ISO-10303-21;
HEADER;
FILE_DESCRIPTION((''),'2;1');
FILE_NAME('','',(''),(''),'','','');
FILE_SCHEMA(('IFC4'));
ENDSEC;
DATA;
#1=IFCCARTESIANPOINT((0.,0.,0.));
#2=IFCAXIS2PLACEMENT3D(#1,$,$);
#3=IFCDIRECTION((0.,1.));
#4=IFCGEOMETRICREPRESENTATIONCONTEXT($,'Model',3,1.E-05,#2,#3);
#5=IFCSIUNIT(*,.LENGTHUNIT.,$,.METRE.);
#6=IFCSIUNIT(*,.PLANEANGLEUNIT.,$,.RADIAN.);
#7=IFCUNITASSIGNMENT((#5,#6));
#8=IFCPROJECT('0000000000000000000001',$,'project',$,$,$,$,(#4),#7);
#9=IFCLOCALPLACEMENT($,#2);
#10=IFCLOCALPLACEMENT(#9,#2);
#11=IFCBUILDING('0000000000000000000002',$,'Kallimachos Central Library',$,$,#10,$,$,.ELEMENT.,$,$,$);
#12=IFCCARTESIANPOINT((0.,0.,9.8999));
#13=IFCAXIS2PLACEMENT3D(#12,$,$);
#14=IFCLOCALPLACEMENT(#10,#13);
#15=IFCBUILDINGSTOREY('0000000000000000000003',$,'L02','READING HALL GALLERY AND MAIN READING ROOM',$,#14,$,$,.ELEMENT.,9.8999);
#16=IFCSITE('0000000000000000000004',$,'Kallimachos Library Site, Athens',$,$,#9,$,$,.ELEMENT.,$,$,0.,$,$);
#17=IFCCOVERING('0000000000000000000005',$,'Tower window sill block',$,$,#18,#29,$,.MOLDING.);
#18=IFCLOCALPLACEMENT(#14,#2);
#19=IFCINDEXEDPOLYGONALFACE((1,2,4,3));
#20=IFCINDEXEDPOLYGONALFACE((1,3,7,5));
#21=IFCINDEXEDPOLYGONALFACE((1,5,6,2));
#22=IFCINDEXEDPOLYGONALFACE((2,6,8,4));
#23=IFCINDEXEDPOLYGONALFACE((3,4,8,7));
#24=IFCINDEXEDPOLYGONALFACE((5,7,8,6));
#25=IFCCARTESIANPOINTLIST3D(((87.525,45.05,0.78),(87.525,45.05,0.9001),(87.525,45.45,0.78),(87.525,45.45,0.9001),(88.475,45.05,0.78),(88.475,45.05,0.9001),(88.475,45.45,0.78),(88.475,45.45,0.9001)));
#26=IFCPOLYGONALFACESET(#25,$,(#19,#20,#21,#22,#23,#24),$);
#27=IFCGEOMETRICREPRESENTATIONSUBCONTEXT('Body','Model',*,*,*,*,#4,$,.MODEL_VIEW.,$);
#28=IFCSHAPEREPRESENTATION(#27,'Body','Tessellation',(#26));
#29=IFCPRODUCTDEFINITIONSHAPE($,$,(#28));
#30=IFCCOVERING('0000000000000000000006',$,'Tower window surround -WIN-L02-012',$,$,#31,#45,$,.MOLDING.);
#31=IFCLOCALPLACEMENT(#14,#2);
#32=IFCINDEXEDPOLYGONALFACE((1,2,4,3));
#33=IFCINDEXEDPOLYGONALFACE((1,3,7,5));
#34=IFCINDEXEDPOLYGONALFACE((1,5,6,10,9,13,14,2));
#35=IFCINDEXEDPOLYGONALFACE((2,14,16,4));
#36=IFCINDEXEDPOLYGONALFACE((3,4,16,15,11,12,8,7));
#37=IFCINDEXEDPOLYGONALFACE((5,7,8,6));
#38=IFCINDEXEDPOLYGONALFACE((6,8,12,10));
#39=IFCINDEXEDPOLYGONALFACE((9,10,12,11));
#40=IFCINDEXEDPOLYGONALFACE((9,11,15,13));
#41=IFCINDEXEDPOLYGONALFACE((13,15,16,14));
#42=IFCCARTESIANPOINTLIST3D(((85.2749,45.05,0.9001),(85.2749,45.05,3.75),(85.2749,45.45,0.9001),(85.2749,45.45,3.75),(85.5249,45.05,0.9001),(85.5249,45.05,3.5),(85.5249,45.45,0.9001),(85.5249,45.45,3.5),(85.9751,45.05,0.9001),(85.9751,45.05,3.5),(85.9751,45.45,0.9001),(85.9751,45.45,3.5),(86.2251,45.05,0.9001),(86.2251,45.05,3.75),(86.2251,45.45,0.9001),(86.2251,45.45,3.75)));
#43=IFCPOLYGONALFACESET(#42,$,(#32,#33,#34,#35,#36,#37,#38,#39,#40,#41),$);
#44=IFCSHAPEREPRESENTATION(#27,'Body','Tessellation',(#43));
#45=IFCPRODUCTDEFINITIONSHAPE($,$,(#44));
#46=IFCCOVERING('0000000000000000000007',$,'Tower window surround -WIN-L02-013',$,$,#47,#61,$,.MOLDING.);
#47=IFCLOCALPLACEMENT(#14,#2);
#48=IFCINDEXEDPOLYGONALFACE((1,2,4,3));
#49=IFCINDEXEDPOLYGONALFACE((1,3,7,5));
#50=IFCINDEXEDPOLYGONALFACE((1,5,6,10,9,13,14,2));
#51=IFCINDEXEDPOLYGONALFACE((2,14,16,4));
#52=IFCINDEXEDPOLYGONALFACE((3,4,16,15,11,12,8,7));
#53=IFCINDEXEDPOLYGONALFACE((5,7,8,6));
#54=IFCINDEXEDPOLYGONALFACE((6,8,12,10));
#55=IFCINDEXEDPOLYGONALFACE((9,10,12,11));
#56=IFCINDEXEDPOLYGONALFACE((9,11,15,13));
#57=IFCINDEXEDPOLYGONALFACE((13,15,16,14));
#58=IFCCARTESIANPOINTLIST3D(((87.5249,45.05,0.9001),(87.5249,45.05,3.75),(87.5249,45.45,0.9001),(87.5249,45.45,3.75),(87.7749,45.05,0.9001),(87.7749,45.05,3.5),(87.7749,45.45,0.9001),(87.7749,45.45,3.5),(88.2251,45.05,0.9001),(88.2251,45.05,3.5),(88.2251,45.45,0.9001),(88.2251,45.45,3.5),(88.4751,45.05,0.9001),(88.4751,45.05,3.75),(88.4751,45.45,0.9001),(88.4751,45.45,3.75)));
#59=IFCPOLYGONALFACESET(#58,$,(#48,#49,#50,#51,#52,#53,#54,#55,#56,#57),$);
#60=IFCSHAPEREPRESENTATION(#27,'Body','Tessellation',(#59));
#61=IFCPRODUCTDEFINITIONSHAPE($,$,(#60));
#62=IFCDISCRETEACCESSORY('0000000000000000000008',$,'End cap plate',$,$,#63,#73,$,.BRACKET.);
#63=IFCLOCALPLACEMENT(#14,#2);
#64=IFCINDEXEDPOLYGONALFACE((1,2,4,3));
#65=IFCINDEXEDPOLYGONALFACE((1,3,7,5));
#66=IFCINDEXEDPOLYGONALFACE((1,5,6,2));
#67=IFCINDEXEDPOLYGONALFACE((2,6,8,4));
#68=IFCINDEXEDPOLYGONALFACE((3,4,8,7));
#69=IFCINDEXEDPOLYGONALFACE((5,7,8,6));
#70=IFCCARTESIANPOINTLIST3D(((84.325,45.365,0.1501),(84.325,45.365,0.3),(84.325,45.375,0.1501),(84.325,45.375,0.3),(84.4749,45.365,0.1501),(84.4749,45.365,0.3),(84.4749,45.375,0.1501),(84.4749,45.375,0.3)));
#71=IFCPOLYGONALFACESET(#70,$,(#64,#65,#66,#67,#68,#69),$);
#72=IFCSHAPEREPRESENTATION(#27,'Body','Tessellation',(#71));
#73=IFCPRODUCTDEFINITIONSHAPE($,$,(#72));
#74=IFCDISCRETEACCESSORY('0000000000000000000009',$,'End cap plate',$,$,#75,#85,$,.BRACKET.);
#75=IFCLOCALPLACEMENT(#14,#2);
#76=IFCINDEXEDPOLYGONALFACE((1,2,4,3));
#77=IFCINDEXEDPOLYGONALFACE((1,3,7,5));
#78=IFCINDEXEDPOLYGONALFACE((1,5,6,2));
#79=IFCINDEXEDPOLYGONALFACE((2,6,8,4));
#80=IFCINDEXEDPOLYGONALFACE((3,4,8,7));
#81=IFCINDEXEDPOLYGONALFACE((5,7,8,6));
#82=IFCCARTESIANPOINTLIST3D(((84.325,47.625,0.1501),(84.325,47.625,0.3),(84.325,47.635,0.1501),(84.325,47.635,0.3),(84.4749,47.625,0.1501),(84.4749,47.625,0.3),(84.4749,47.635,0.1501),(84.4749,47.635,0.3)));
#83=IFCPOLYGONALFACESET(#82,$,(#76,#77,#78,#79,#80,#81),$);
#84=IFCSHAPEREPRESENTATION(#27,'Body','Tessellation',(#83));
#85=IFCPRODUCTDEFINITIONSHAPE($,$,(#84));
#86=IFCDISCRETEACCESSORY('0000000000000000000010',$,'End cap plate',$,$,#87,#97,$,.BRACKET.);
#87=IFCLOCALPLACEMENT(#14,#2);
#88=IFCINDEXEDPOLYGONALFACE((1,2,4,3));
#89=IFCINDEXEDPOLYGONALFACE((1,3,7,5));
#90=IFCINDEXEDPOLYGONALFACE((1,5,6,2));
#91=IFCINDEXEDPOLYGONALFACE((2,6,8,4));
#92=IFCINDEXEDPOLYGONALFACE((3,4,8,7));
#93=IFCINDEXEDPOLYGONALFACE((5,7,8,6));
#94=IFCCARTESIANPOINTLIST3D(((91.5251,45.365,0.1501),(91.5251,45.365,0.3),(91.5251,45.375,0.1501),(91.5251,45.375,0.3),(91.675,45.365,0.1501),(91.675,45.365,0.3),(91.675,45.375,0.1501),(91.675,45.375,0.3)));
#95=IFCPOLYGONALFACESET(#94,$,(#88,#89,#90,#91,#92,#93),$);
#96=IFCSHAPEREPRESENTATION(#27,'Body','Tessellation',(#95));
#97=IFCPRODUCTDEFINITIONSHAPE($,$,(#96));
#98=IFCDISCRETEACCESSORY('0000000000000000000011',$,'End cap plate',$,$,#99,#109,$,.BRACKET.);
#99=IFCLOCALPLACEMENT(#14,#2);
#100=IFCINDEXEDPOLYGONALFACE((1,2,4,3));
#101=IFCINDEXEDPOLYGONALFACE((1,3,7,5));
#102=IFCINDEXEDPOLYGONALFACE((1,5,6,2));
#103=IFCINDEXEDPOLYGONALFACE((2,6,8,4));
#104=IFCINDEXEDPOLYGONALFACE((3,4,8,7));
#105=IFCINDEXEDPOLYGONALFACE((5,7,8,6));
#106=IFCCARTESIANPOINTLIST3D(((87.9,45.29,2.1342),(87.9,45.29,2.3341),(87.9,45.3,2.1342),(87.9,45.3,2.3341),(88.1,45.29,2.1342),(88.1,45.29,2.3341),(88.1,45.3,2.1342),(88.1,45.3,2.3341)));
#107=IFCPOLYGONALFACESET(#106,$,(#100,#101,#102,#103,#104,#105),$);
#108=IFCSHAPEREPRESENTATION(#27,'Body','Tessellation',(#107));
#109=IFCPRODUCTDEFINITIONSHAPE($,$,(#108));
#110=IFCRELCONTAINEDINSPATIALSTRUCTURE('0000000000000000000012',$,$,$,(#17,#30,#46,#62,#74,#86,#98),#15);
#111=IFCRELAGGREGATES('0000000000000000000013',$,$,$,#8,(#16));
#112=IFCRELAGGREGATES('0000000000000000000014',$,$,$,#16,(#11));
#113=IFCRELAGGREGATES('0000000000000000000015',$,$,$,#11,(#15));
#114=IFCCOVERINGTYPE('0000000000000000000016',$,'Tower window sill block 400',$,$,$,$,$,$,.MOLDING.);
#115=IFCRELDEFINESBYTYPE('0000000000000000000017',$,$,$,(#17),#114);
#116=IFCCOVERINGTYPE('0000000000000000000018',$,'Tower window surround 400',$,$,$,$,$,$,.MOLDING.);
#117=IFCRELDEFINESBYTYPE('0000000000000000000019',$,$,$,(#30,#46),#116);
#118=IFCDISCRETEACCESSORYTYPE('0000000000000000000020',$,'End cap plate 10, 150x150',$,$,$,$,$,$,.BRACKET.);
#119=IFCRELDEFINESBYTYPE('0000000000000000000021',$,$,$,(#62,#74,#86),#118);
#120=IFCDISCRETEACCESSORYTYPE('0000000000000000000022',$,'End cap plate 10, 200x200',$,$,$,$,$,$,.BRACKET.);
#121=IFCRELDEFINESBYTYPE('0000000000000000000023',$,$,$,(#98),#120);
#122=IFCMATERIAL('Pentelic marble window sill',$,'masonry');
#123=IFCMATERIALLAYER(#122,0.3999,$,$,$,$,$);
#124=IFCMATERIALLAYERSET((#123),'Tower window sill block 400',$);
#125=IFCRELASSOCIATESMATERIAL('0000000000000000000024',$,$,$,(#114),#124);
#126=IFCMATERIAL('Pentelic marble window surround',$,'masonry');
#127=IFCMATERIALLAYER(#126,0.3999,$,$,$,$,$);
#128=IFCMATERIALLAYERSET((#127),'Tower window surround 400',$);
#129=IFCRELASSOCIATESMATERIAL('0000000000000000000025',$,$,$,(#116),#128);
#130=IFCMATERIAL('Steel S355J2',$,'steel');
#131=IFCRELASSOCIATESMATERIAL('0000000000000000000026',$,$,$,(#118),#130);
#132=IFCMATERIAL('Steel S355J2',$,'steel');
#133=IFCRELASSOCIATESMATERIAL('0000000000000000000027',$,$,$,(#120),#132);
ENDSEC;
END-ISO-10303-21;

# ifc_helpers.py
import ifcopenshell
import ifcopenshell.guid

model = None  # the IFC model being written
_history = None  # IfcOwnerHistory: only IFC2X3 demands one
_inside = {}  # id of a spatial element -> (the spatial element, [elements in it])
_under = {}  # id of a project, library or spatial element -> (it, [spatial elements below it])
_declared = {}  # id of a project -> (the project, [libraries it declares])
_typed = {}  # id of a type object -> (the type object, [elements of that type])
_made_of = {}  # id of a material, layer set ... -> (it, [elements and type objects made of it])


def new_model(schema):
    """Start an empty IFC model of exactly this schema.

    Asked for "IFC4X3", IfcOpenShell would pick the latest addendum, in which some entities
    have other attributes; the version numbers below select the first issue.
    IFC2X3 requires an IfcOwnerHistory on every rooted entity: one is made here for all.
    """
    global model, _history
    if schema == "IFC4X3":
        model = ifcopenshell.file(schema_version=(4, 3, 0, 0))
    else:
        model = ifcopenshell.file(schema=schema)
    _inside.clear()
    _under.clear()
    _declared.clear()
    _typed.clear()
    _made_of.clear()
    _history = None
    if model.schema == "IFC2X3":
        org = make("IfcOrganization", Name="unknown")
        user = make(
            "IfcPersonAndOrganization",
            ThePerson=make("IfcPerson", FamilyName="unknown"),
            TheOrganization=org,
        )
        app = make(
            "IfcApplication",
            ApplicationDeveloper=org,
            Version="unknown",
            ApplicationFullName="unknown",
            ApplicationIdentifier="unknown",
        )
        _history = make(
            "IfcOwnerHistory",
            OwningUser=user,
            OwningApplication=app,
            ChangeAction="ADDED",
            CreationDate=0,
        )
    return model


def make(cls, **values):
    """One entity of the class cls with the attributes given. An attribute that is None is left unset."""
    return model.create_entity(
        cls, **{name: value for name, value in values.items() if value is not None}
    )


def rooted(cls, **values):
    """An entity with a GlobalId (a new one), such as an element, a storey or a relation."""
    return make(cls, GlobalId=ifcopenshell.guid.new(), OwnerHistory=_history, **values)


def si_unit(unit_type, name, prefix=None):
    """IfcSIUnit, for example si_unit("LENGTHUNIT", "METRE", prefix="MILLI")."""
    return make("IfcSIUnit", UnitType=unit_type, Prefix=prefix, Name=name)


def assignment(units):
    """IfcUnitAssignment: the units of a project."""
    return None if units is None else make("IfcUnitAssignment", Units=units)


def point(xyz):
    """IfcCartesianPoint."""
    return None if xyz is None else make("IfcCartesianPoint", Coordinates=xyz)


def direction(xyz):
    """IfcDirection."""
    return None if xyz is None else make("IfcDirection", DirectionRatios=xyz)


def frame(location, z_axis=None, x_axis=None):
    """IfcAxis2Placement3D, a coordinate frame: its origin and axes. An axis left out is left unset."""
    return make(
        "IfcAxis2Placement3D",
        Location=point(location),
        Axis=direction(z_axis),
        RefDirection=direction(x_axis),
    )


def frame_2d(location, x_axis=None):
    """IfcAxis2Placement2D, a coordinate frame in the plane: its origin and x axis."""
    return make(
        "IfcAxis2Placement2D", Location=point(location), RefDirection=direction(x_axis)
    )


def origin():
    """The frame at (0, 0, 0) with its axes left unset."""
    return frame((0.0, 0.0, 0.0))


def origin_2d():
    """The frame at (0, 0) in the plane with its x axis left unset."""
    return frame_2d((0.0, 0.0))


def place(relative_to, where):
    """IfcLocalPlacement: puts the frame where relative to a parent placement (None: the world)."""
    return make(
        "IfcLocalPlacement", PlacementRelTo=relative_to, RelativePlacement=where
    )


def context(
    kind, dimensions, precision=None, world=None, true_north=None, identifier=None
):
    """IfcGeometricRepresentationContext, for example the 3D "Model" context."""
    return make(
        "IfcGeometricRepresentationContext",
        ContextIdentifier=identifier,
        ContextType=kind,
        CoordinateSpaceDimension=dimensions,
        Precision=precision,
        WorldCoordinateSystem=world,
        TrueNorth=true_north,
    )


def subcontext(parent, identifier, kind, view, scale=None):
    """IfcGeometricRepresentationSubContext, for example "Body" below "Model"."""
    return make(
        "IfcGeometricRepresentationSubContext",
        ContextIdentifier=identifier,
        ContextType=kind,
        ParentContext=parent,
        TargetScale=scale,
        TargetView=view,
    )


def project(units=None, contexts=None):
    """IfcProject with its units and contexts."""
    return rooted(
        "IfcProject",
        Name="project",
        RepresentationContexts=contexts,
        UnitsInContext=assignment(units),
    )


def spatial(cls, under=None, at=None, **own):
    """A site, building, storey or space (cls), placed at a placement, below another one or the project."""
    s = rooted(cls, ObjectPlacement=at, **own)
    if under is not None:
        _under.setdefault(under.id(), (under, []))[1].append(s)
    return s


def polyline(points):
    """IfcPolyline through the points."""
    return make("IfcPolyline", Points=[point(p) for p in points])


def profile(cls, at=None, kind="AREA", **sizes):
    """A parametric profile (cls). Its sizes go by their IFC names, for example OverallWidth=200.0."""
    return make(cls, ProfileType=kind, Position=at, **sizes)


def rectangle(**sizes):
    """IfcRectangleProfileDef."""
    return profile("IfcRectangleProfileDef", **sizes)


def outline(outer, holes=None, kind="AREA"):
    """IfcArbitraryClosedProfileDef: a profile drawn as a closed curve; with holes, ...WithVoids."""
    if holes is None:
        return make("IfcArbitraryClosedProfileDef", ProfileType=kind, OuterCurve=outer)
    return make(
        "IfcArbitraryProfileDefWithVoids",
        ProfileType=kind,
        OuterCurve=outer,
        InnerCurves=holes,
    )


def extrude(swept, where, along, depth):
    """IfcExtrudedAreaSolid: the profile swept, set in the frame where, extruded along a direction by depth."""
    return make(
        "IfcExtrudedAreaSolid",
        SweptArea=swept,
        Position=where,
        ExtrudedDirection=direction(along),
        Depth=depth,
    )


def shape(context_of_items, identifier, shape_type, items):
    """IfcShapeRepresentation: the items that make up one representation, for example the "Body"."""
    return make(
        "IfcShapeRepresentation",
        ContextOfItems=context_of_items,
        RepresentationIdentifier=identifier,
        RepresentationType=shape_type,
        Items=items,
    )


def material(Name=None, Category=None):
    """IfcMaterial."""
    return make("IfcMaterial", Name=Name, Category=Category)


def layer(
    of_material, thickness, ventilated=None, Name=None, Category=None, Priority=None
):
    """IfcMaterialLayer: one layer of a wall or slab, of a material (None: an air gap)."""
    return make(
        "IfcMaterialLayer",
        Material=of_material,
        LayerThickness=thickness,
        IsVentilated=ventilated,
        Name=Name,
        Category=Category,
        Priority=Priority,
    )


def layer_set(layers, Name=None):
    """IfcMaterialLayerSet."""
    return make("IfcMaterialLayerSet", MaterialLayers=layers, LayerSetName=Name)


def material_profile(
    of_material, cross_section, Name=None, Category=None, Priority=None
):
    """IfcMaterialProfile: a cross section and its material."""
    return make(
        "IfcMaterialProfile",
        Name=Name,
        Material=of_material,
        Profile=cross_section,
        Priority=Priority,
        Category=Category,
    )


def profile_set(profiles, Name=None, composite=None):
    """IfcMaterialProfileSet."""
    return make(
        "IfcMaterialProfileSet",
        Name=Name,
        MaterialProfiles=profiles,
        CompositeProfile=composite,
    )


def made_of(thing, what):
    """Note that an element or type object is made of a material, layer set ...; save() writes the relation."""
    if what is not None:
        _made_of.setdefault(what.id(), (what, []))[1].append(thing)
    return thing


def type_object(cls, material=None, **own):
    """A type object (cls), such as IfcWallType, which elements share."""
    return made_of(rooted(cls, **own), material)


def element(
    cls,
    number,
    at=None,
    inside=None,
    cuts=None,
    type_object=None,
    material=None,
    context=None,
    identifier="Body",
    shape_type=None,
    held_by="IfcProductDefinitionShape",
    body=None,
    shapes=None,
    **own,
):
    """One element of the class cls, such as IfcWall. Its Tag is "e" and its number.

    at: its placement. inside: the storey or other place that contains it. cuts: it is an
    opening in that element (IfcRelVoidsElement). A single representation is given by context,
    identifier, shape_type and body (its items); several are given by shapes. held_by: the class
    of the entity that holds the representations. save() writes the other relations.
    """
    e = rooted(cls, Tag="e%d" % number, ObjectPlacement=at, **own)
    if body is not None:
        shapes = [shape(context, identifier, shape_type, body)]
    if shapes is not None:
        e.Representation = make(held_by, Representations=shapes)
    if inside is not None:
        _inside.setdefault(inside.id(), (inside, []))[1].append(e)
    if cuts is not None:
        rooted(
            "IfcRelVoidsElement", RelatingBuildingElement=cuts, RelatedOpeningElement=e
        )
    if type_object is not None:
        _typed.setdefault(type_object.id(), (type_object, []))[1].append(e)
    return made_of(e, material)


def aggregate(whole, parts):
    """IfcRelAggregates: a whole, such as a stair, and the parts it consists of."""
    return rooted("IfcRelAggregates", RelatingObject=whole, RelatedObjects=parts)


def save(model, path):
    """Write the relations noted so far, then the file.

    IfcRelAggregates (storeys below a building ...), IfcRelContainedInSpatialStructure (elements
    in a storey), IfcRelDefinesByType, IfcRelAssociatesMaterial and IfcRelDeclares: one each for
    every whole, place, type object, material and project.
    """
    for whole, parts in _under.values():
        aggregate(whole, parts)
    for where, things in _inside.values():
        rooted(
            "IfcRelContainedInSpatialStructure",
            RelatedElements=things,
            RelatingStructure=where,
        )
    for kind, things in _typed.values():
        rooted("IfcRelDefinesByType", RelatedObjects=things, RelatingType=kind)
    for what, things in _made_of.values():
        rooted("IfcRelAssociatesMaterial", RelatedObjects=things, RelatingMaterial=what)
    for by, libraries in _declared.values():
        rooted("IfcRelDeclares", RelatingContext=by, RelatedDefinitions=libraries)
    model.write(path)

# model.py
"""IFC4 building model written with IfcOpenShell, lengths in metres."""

from ifc_helpers import new_model, si_unit, direction, frame, origin, origin_2d, place, context, subcontext, project, spatial, polyline, rectangle, outline, extrude, material, layer, layer_set, material_profile, profile_set, type_object, element, save


model = new_model("IFC4")

# Units and contexts
model_context = context("Model", 3, precision=1e-05, world=origin(), true_north=direction((0.0, 1.0)))
body_context = subcontext(model_context, "Body", "Model", "MODEL_VIEW")
ifc_project = project(units=[si_unit("LENGTHUNIT", "METRE"), si_unit("PLANEANGLEUNIT", "RADIAN")], contexts=[model_context])

# Site, building, storey
site_placement = place(None, origin())
site = spatial("IfcSite", under=ifc_project, at=site_placement, Name="Kallimachos Library Site, Athens", CompositionType="ELEMENT", RefElevation=0.0)
building_placement = place(site_placement, origin())
building = spatial("IfcBuilding", under=site, at=building_placement, Name="Kallimachos Central Library", CompositionType="ELEMENT")
storey_placement = place(building_placement, frame((0.0, 0.0, 9.8999)))
storey = spatial("IfcBuildingStorey", under=building, at=storey_placement, Name="L02", Description="READING HALL GALLERY AND MAIN READING ROOM", CompositionType="ELEMENT", Elevation=9.8999)

# Coverings
ifc_material_1 = material(Name="Pentelic marble window sill", Category="masonry")
ifc_layer_1 = layer(ifc_material_1, 0.3999)
ifc_layer_set_1 = layer_set([ifc_layer_1], Name="Tower window sill block 400")
covering_type_1 = type_object("IfcCoveringType", Name="Tower window sill block 400", PredefinedType="MOLDING", material=ifc_layer_set_1)
for number, where, z_axis, x_axis, name in (
    (1, (88.0, 45.25, 0.78), (0.0, 0.0, 1.0), (1.0, 0.0, 0.0), "Tower window sill block"),
):
    element("IfcCovering", number, at=place(storey_placement, frame(where, z_axis=z_axis, x_axis=x_axis)), inside=storey, type_object=covering_type_1, Name=name, PredefinedType="MOLDING", context=body_context, shape_type="SweptSolid", body=[
        extrude(rectangle(XDim=0.95, YDim=0.3999, at=origin_2d()), origin(), (0.0, 0.0, 1.0), 0.1201),
    ])
ifc_material_2 = material(Name="Pentelic marble window surround", Category="masonry")
ifc_layer_2 = layer(ifc_material_2, 0.3999)
ifc_layer_set_2 = layer_set([ifc_layer_2], Name="Tower window surround 400")
covering_type_2 = type_object("IfcCoveringType", Name="Tower window surround 400", PredefinedType="MOLDING", material=ifc_layer_set_2)
for number, where, z_axis, x_axis, name in (
    (2, (85.2749, 45.45, 0.9001), (0.0, 1.0, 0.0), (0.0, 0.0, 1.0), "Tower window surround -WIN-L02-012"),
    (3, (87.5249, 45.45, 0.9001), (0.0, 1.0, 0.0), (0.0, 0.0, 1.0), "Tower window surround -WIN-L02-013"),
):
    element("IfcCovering", number, at=place(storey_placement, frame(where, z_axis=z_axis, x_axis=x_axis)), inside=storey, type_object=covering_type_2, Name=name, PredefinedType="MOLDING", context=body_context, shape_type="SweptSolid", body=[
        extrude(outline(polyline([(0.0, 0.0), (2.8499, 0.0), (2.8499, 0.9502), (0.0, 0.9502), (0.0, 0.7002), (2.5999, 0.7002), (2.5999, 0.25), (0.0, 0.25), (0.0, 0.0)])), origin(), (0.0, 0.0, -1.0), 0.3999),
    ])

# Discrete accessories
ifc_material_3 = material(Name="Steel S355J2", Category="steel")
ifc_material_profile_1 = material_profile(ifc_material_3, rectangle(XDim=0.1499, YDim=0.1499, at=origin_2d()), Name="End cap plate 10, 150x150")
ifc_profile_set_1 = profile_set([ifc_material_profile_1], Name="Steel S355J2")
discrete_accessory_type_1 = type_object("IfcDiscreteAccessoryType", Name="End cap plate 10, 150x150", PredefinedType="BRACKET", material=ifc_profile_set_1)
for number, where, z_axis, x_axis, name in (
    (4, (84.3999, 45.365, 0.2251), (0.0, 1.0, 0.0), (-1.0, 0.0, 0.0), "End cap plate"),
    (5, (84.3999, 47.625, 0.2251), (0.0, 1.0, 0.0), (-1.0, 0.0, 0.0), "End cap plate"),
    (6, (91.6001, 45.365, 0.2251), (0.0, 1.0, 0.0), (-1.0, 0.0, 0.0), "End cap plate"),
):
    element("IfcDiscreteAccessory", number, at=place(storey_placement, frame(where, z_axis=z_axis, x_axis=x_axis)), inside=storey, type_object=discrete_accessory_type_1, Name=name, PredefinedType="BRACKET", context=body_context, shape_type="SweptSolid", body=[
        extrude(rectangle(XDim=0.1499, YDim=0.1499, at=origin_2d()), origin(), (0.0, 0.0, 1.0), 0.01),
    ])
ifc_material_4 = material(Name="Steel S355J2", Category="steel")
ifc_material_profile_2 = material_profile(ifc_material_4, rectangle(XDim=0.2, YDim=0.2, at=origin_2d()), Name="End cap plate 10, 200x200")
ifc_profile_set_2 = profile_set([ifc_material_profile_2], Name="Steel S355J2")
discrete_accessory_type_2 = type_object("IfcDiscreteAccessoryType", Name="End cap plate 10, 200x200", PredefinedType="BRACKET", material=ifc_profile_set_2)
discrete_accessory_placement = place(storey_placement, frame((88.0, 45.29, 2.2341), z_axis=(0.0, 1.0, 0.0), x_axis=(-1.0, 0.0, 0.0)))
element("IfcDiscreteAccessory", 7, at=discrete_accessory_placement, inside=storey, type_object=discrete_accessory_type_2, Name="End cap plate", PredefinedType="BRACKET", context=body_context, shape_type="SweptSolid", body=[
    extrude(rectangle(XDim=0.2, YDim=0.2, at=origin_2d()), origin(), (0.0, 0.0, 1.0), 0.01),
])

save(model, "model.ifc")
